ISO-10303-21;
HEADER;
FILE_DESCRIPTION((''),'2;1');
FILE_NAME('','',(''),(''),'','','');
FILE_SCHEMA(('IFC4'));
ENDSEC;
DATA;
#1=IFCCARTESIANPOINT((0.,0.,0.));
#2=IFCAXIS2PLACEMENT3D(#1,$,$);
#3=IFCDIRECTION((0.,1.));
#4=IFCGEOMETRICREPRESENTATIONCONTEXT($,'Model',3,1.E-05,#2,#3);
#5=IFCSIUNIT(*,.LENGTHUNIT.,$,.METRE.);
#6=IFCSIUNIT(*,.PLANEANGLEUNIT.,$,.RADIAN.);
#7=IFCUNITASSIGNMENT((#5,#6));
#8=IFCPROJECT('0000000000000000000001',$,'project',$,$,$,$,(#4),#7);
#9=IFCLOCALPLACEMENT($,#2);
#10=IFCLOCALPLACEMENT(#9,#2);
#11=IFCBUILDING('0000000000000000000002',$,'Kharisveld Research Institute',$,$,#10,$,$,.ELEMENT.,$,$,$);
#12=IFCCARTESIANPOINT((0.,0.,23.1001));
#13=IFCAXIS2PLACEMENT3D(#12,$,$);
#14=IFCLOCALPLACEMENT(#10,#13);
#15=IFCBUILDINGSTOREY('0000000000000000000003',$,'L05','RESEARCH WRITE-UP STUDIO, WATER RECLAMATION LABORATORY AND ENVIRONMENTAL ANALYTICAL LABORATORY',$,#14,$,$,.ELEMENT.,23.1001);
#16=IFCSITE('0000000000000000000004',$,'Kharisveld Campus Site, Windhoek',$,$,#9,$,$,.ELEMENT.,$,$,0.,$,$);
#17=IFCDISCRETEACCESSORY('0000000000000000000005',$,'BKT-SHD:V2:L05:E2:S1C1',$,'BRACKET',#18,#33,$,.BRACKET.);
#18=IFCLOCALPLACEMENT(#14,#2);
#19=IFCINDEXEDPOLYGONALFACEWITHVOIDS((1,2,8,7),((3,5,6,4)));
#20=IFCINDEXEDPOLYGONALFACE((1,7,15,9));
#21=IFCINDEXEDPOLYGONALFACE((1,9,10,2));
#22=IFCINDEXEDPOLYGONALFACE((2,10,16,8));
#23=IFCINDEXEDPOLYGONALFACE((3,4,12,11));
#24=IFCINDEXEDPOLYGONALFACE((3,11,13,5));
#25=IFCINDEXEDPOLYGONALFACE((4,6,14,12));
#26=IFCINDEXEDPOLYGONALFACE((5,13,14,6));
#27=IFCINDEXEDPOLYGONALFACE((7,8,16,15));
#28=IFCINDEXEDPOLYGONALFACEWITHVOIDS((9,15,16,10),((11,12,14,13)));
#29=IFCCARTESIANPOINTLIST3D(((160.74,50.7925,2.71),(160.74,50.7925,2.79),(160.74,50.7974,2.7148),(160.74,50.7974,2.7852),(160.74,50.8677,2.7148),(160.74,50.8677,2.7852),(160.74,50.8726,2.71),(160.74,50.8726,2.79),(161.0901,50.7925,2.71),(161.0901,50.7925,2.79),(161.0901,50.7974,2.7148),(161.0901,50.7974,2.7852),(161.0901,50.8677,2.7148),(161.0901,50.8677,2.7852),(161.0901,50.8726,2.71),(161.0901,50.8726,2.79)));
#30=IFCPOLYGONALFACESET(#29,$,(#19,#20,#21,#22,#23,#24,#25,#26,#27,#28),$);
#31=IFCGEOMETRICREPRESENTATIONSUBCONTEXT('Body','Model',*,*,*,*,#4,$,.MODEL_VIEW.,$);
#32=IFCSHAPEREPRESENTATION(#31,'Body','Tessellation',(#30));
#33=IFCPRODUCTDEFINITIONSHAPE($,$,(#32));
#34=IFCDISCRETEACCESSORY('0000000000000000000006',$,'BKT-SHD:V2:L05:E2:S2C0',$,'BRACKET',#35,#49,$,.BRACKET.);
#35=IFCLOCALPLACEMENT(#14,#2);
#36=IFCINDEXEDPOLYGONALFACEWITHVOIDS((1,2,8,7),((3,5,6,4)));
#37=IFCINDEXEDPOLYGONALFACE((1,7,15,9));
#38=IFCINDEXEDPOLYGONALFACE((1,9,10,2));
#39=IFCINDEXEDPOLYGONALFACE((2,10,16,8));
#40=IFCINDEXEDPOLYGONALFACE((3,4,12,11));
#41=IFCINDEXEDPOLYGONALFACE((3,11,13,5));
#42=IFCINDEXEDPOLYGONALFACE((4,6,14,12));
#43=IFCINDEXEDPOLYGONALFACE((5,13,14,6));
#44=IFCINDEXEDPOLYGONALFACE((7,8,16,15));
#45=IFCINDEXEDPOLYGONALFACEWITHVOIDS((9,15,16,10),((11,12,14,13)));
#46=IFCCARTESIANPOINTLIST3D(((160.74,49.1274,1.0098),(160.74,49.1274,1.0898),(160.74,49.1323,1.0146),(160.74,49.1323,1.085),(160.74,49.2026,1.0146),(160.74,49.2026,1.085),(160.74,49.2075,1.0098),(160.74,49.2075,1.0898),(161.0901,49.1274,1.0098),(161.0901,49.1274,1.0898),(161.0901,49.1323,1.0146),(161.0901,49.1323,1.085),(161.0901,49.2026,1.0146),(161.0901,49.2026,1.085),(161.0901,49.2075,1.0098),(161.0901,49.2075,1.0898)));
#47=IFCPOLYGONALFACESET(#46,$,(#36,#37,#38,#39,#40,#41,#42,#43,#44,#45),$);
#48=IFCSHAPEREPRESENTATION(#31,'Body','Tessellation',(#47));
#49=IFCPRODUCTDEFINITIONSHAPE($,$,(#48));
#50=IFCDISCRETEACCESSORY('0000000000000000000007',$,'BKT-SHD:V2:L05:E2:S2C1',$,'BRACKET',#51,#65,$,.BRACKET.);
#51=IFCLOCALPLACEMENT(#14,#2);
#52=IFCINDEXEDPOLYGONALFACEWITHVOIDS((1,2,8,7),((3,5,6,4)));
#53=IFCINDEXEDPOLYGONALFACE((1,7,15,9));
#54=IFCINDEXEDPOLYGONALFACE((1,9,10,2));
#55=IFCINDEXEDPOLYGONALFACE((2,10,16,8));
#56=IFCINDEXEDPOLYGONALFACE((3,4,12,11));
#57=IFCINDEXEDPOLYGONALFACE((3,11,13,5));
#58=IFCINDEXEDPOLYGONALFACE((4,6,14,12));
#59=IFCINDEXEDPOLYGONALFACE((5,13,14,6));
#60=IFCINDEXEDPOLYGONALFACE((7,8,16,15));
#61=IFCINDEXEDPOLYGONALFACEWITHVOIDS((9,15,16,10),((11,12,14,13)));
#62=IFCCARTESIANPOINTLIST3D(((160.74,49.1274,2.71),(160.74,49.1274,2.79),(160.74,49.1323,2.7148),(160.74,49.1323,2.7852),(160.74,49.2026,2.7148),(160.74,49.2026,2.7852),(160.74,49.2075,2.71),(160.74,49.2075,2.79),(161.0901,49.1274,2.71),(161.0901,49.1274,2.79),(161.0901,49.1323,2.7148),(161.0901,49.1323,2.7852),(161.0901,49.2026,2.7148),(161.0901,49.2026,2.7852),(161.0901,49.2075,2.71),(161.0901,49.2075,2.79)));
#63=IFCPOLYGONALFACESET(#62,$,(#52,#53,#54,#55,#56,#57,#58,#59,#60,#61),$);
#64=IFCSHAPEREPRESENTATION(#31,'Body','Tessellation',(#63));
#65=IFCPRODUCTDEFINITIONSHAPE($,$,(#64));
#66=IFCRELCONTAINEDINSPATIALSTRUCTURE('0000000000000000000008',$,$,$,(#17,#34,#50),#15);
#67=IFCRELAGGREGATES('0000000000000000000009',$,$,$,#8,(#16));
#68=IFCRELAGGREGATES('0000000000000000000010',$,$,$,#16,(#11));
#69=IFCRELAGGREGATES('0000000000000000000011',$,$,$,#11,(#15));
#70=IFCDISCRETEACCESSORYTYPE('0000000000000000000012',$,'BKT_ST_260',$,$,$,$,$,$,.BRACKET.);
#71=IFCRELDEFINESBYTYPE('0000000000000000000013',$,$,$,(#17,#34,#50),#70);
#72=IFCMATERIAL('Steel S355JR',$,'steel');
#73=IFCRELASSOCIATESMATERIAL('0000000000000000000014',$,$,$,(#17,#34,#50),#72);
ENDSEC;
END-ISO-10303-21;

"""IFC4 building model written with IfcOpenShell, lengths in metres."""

from ifc_helpers import new_model, si_unit, direction, frame, origin, origin_2d, place, context, subcontext, project, spatial, hollow_rectangle, extrude, material, type_object, element, save


model = new_model("IFC4")

# Units and contexts
model_context = context("Model", 3, precision=1e-05, world=origin(), true_north=direction((0.0, 1.0)))
body_context = subcontext(model_context, "Body", "Model", "MODEL_VIEW")
ifc_project = project(units=[si_unit("LENGTHUNIT", "METRE"), si_unit("PLANEANGLEUNIT", "RADIAN")], contexts=[model_context])

# Site, building, storey
site_placement = place(None, origin())
site = spatial("IfcSite", under=ifc_project, at=site_placement, Name="Kharisveld Campus Site, Windhoek", CompositionType="ELEMENT", RefElevation=0.0)
building_placement = place(site_placement, origin())
building = spatial("IfcBuilding", under=site, at=building_placement, Name="Kharisveld Research Institute", CompositionType="ELEMENT")
storey_placement = place(building_placement, frame((0.0, 0.0, 23.1001)))
storey = spatial("IfcBuildingStorey", under=building, at=storey_placement, Name="L05", Description="RESEARCH WRITE-UP STUDIO, WATER RECLAMATION LABORATORY AND ENVIRONMENTAL ANALYTICAL LABORATORY", CompositionType="ELEMENT", Elevation=23.1001)

# Discrete accessories
ifc_material_1 = material(Name="Steel S355JR", Category="steel")
discrete_accessory_type = type_object("IfcDiscreteAccessoryType", Name="BKT_ST_260", PredefinedType="BRACKET")
for number, where, z_axis, x_axis, name in (
    (1, (160.74, 50.8325, 2.75), (1.0, 0.0, 0.0), (0.0, 1.0, 0.0), "BKT-SHD:V2:L05:E2:S1C1"),
    (2, (160.74, 49.1675, 1.0498), (1.0, 0.0, 0.0), (0.0, 1.0, 0.0), "BKT-SHD:V2:L05:E2:S2C0"),
    (3, (160.74, 49.1675, 2.75), (1.0, 0.0, 0.0), (0.0, 1.0, 0.0), "BKT-SHD:V2:L05:E2:S2C1"),
):
    element("IfcDiscreteAccessory", number, at=place(storey_placement, frame(where, z_axis=z_axis, x_axis=x_axis)), inside=storey, type_object=discrete_accessory_type, material=ifc_material_1, Name=name, ObjectType="BRACKET", PredefinedType="BRACKET", context=body_context, shape_type="SweptSolid", body=[
        extrude(hollow_rectangle(XDim=0.0801, YDim=0.0801, WallThickness=0.0049, at=origin_2d()), origin(), (0.0, 0.0, 1.0), 0.3501),
    ])

save(model, "model.ifc")
